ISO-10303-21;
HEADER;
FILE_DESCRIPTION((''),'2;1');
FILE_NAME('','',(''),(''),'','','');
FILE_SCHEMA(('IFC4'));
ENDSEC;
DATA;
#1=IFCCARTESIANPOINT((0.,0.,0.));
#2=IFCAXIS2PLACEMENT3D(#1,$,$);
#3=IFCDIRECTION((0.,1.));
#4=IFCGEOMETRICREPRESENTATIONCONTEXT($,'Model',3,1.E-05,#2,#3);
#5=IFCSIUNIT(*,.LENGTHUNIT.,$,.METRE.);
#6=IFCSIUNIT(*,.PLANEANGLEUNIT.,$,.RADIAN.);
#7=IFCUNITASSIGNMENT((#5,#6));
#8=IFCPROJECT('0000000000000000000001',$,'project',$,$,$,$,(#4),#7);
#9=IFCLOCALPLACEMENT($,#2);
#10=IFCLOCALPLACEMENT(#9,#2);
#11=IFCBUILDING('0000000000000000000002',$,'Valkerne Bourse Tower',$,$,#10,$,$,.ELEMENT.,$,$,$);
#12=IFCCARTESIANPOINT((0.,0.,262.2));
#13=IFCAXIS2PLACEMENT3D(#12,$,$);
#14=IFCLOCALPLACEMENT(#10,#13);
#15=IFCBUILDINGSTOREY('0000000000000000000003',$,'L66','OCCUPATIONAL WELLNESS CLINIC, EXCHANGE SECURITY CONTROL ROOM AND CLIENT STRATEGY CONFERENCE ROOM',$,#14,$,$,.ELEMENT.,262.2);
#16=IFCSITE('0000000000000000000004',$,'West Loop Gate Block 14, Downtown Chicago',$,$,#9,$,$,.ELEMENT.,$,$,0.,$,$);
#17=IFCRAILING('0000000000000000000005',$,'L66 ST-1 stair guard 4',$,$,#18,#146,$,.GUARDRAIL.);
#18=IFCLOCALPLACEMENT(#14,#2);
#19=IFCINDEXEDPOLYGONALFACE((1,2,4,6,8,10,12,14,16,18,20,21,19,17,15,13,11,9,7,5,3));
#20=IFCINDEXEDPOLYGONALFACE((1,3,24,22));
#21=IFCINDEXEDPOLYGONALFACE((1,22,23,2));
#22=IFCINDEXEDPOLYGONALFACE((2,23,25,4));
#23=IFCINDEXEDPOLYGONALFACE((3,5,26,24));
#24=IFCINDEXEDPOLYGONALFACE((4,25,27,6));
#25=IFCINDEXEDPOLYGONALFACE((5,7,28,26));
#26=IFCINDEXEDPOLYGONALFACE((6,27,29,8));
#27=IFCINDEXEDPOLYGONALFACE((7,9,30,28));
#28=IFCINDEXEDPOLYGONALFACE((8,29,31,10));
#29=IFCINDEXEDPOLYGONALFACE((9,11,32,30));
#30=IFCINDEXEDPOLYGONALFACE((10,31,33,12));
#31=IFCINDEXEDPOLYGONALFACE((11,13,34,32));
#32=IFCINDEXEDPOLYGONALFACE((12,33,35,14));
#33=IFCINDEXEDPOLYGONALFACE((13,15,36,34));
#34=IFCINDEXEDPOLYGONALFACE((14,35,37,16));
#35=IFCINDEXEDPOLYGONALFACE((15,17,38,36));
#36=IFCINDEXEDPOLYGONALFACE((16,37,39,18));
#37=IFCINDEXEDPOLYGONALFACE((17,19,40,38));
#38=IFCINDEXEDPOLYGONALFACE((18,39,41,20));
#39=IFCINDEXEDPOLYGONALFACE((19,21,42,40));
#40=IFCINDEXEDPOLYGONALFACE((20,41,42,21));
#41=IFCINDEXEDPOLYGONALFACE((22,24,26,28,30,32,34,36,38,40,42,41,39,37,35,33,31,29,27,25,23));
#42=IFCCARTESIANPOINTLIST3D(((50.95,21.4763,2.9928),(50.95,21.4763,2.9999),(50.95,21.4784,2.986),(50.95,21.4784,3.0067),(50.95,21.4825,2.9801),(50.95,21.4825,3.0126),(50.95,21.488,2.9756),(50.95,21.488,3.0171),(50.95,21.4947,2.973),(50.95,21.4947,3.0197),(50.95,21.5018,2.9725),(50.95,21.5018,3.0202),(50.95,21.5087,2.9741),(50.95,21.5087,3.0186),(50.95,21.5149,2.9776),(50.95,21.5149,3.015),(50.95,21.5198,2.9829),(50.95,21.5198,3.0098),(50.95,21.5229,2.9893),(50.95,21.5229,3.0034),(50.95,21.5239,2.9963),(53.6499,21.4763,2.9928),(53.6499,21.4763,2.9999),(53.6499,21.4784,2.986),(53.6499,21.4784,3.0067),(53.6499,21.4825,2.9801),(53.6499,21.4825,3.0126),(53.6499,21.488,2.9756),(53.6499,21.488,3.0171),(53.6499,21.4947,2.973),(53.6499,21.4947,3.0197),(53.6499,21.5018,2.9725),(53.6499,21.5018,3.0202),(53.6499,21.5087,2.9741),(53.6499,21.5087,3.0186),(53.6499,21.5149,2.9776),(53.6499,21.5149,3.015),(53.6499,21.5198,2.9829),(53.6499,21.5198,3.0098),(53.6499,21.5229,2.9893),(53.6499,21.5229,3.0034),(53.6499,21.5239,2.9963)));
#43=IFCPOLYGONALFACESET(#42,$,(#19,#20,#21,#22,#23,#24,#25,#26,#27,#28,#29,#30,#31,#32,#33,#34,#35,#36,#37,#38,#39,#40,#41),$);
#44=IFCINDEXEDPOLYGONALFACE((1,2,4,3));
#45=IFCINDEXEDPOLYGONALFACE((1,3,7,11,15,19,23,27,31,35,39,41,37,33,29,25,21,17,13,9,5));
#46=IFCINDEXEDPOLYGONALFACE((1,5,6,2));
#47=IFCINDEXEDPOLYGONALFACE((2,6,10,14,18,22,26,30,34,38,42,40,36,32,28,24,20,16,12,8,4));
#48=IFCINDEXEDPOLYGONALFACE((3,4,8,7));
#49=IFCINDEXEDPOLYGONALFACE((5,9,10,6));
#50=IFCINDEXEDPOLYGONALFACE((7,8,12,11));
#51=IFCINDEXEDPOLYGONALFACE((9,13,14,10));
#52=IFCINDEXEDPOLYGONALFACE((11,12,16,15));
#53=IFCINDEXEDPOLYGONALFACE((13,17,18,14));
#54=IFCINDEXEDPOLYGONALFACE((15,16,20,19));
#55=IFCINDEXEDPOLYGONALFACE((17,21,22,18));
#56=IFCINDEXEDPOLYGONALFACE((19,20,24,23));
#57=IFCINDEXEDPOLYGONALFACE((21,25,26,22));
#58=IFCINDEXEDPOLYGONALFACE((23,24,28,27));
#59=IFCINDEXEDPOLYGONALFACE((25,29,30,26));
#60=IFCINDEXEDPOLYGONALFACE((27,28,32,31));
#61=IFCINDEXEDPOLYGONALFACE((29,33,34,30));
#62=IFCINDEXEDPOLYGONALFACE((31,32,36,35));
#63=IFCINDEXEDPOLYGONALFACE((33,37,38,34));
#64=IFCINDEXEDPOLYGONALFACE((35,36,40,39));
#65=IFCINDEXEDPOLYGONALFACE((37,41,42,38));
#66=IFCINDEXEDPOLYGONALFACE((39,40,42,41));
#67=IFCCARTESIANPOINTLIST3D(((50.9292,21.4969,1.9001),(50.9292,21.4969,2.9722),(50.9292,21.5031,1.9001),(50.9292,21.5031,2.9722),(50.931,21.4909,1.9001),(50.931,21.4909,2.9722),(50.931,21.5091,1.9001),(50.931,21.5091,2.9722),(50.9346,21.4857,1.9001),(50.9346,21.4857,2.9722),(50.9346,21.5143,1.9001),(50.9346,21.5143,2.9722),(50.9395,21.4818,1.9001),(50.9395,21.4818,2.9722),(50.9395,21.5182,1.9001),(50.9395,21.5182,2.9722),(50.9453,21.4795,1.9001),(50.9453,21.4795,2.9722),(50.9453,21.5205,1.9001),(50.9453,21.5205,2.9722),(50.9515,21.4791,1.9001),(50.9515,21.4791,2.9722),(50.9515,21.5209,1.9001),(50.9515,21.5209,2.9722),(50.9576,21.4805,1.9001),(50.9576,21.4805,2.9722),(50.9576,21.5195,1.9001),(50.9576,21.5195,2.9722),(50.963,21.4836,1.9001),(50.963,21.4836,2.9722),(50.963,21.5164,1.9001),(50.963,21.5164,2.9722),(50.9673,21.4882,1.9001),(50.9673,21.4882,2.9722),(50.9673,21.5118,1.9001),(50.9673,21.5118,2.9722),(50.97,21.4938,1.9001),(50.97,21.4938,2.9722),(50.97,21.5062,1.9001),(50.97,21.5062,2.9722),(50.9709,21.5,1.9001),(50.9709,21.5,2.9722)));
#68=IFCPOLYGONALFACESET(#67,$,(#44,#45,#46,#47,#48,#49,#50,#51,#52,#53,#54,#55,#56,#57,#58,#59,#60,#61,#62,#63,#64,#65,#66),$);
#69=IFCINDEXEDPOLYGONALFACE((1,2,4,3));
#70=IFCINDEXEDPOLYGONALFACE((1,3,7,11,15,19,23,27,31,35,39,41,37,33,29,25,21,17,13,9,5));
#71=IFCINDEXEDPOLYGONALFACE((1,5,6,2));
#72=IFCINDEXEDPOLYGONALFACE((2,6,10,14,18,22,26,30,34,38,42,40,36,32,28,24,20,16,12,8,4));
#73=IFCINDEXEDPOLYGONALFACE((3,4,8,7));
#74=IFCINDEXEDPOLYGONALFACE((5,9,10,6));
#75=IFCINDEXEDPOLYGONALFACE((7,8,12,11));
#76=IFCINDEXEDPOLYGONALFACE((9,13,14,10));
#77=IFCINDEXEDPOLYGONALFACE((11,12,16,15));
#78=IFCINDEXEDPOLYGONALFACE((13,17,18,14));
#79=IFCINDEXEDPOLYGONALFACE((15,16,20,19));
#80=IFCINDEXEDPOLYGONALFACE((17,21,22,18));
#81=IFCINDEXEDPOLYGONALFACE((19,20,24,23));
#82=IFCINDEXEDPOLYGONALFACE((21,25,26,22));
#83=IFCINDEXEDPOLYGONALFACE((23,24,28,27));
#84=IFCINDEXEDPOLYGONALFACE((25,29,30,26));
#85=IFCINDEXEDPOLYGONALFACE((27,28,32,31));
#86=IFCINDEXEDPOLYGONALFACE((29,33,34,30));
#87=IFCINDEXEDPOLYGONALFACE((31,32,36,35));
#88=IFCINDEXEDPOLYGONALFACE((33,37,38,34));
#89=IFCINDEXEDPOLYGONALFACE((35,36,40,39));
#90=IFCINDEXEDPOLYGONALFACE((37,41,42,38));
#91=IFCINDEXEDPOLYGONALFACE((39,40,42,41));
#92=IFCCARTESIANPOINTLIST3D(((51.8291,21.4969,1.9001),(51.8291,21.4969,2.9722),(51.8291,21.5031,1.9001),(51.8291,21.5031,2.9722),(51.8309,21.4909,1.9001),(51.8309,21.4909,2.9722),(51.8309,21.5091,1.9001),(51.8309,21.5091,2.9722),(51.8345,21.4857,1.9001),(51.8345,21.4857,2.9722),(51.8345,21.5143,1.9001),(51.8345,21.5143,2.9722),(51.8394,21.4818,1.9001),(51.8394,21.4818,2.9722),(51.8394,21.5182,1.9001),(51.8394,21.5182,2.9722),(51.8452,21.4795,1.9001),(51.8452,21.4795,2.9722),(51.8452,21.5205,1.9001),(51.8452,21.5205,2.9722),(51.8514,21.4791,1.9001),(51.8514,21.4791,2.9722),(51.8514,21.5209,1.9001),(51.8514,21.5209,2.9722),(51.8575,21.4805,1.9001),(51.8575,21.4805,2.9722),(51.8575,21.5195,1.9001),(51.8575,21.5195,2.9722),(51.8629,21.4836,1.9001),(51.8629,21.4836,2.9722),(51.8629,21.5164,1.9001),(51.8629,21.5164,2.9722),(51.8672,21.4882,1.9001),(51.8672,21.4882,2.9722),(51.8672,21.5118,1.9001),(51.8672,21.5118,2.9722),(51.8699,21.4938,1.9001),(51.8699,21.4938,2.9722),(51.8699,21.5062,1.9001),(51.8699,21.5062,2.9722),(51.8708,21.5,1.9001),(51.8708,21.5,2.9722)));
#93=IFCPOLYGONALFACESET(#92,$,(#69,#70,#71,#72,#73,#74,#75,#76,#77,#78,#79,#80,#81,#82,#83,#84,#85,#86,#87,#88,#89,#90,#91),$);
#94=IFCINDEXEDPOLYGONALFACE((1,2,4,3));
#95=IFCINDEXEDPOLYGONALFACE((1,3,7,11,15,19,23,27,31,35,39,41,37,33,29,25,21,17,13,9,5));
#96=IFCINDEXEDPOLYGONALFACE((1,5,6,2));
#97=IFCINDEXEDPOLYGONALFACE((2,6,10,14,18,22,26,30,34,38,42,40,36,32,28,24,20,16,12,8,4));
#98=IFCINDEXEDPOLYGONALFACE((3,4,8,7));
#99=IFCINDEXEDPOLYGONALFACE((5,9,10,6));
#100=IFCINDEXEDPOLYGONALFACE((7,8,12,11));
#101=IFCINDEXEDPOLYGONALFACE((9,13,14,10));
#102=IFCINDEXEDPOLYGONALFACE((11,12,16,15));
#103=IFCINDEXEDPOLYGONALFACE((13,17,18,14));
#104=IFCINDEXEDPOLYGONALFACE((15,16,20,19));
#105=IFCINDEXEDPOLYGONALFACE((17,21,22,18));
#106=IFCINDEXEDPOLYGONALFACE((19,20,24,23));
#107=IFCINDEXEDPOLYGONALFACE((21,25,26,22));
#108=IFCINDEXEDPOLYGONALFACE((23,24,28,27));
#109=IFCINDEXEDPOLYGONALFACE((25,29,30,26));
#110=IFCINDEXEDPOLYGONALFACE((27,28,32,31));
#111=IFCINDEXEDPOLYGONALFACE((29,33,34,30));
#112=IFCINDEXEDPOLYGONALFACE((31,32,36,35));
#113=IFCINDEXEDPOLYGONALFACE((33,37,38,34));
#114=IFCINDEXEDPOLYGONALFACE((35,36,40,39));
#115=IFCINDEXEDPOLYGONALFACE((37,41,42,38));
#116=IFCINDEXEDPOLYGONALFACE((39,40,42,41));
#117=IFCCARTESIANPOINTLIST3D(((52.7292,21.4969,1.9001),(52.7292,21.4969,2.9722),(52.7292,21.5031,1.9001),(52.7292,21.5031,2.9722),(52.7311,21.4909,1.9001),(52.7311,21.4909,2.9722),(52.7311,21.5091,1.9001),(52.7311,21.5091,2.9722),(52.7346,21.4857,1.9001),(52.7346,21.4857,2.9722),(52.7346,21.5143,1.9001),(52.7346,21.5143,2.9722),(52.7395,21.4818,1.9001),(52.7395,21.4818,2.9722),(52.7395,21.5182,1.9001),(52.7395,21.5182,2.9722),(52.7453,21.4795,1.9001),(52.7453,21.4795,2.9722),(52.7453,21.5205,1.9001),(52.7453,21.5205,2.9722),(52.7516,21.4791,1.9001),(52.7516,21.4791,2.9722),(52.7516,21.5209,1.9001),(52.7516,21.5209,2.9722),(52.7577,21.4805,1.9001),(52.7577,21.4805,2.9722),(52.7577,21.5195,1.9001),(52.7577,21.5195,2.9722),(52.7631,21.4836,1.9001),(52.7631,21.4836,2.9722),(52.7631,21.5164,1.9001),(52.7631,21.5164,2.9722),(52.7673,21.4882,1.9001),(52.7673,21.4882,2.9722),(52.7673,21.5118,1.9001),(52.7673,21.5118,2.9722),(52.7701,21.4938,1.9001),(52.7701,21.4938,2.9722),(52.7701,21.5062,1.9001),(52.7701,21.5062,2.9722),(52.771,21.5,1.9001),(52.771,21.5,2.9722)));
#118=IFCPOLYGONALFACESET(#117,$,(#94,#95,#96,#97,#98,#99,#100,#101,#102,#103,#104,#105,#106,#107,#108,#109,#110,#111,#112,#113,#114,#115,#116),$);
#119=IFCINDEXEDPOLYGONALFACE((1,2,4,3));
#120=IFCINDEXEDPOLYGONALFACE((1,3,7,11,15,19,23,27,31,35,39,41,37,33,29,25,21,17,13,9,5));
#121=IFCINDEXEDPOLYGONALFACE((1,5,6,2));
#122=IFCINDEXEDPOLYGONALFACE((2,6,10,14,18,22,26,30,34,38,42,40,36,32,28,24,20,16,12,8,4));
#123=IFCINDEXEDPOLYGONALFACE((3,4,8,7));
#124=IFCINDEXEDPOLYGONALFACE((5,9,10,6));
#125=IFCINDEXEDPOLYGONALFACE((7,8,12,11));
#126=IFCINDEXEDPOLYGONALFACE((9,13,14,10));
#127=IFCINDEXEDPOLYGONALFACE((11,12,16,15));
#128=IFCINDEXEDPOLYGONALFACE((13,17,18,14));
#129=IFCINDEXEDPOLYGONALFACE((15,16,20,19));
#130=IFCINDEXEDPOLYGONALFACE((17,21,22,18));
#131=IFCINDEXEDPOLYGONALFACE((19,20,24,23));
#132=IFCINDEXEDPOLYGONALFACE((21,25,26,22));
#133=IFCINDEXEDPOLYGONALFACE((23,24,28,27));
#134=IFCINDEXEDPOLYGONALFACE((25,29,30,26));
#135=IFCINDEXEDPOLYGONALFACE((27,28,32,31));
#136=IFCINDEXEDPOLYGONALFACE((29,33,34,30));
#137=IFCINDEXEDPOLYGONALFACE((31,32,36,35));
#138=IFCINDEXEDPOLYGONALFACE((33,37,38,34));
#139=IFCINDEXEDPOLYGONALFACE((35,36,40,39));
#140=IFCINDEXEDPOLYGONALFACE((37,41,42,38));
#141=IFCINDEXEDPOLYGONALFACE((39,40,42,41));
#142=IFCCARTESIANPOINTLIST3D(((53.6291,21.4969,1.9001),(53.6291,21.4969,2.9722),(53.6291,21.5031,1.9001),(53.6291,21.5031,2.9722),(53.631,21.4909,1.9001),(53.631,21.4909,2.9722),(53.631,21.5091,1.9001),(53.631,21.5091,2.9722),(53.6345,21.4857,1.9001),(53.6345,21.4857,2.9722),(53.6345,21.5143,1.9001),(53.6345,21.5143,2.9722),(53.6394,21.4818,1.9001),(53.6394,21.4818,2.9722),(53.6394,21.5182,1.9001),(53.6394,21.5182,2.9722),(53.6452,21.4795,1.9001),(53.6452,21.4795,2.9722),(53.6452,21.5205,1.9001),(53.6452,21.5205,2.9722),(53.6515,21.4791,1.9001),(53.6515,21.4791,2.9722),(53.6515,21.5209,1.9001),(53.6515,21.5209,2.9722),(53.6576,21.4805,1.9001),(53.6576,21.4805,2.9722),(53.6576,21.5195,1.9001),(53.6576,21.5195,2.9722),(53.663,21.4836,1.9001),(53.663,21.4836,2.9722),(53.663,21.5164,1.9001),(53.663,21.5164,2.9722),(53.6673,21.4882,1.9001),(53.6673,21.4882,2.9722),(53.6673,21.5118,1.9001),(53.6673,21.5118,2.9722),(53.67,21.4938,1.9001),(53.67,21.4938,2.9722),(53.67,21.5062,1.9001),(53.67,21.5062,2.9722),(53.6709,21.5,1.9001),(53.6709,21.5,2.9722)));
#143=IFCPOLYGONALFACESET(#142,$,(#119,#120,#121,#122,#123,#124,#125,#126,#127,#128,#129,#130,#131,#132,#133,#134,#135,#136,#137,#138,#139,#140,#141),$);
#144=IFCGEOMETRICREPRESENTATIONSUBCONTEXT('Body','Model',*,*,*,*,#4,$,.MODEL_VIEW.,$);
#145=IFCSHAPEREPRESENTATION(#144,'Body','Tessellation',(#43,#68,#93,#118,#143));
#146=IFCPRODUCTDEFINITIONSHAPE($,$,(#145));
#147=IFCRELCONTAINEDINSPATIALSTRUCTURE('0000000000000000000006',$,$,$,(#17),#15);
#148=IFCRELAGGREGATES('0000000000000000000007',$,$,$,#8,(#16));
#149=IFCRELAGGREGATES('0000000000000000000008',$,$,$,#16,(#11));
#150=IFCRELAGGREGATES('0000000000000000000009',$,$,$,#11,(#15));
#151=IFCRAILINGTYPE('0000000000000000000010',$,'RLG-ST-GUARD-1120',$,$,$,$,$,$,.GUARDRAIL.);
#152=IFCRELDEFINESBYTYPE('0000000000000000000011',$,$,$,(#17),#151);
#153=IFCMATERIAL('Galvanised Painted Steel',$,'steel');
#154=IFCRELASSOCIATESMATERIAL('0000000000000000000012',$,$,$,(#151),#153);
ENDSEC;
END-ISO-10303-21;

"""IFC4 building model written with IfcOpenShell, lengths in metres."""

from ifc_helpers import new_model, si_unit, direction, frame, origin, origin_2d, place, context, subcontext, project, spatial, circle, extrude, material, type_object, element, save


model = new_model("IFC4")

# Units and contexts
model_context = context("Model", 3, precision=1e-05, world=origin(), true_north=direction((0.0, 1.0)))
body_context = subcontext(model_context, "Body", "Model", "MODEL_VIEW")
ifc_project = project(units=[si_unit("LENGTHUNIT", "METRE"), si_unit("PLANEANGLEUNIT", "RADIAN")], contexts=[model_context])

# Site, building, storey
site_placement = place(None, origin())
site = spatial("IfcSite", under=ifc_project, at=site_placement, Name="West Loop Gate Block 14, Downtown Chicago", CompositionType="ELEMENT", RefElevation=0.0)
building_placement = place(site_placement, origin())
building = spatial("IfcBuilding", under=site, at=building_placement, Name="Valkerne Bourse Tower", CompositionType="ELEMENT")
storey_placement = place(building_placement, frame((0.0, 0.0, 262.2)))
storey = spatial("IfcBuildingStorey", under=building, at=storey_placement, Name="L66", Description="OCCUPATIONAL WELLNESS CLINIC, EXCHANGE SECURITY CONTROL ROOM AND CLIENT STRATEGY CONFERENCE ROOM", CompositionType="ELEMENT", Elevation=262.2)

# Shared definitions
ifc_material_1 = material(Name="Galvanised Painted Steel", Category="steel")

# Railing
railing_type_1 = type_object("IfcRailingType", Name="RLG-ST-GUARD-1120", PredefinedType="GUARDRAIL", material=ifc_material_1)
railing_1_placement = place(storey_placement, frame((50.95, 21.5, 1.9001)))
element("IfcRailing", 1, at=railing_1_placement, inside=storey, type_object=railing_type_1, Name="L66 ST-1 stair guard 4", PredefinedType="GUARDRAIL", context=body_context, shape_type="SweptSolid", body=[
    extrude(circle(Radius=0.0239, at=origin_2d()), frame((0.0, 0.0, 1.0962), z_axis=(1.0, 0.0, 0.0), x_axis=(0.0, 1.0, 0.0)), (0.0, 0.0, 1.0), 2.7),
    extrude(circle(Radius=0.021, at=origin_2d()), origin(), (0.0, 0.0, 1.0), 1.072),
    extrude(circle(Radius=0.021, at=origin_2d()), frame((0.8999, 0.0, 0.0)), (0.0, 0.0, 1.0), 1.072),
    extrude(circle(Radius=0.021, at=origin_2d()), frame((1.8, 0.0, 0.0)), (0.0, 0.0, 1.0), 1.072),
    extrude(circle(Radius=0.021, at=origin_2d()), frame((2.7, 0.0, 0.0)), (0.0, 0.0, 1.0), 1.072),
])

save(model, "model.ifc")
